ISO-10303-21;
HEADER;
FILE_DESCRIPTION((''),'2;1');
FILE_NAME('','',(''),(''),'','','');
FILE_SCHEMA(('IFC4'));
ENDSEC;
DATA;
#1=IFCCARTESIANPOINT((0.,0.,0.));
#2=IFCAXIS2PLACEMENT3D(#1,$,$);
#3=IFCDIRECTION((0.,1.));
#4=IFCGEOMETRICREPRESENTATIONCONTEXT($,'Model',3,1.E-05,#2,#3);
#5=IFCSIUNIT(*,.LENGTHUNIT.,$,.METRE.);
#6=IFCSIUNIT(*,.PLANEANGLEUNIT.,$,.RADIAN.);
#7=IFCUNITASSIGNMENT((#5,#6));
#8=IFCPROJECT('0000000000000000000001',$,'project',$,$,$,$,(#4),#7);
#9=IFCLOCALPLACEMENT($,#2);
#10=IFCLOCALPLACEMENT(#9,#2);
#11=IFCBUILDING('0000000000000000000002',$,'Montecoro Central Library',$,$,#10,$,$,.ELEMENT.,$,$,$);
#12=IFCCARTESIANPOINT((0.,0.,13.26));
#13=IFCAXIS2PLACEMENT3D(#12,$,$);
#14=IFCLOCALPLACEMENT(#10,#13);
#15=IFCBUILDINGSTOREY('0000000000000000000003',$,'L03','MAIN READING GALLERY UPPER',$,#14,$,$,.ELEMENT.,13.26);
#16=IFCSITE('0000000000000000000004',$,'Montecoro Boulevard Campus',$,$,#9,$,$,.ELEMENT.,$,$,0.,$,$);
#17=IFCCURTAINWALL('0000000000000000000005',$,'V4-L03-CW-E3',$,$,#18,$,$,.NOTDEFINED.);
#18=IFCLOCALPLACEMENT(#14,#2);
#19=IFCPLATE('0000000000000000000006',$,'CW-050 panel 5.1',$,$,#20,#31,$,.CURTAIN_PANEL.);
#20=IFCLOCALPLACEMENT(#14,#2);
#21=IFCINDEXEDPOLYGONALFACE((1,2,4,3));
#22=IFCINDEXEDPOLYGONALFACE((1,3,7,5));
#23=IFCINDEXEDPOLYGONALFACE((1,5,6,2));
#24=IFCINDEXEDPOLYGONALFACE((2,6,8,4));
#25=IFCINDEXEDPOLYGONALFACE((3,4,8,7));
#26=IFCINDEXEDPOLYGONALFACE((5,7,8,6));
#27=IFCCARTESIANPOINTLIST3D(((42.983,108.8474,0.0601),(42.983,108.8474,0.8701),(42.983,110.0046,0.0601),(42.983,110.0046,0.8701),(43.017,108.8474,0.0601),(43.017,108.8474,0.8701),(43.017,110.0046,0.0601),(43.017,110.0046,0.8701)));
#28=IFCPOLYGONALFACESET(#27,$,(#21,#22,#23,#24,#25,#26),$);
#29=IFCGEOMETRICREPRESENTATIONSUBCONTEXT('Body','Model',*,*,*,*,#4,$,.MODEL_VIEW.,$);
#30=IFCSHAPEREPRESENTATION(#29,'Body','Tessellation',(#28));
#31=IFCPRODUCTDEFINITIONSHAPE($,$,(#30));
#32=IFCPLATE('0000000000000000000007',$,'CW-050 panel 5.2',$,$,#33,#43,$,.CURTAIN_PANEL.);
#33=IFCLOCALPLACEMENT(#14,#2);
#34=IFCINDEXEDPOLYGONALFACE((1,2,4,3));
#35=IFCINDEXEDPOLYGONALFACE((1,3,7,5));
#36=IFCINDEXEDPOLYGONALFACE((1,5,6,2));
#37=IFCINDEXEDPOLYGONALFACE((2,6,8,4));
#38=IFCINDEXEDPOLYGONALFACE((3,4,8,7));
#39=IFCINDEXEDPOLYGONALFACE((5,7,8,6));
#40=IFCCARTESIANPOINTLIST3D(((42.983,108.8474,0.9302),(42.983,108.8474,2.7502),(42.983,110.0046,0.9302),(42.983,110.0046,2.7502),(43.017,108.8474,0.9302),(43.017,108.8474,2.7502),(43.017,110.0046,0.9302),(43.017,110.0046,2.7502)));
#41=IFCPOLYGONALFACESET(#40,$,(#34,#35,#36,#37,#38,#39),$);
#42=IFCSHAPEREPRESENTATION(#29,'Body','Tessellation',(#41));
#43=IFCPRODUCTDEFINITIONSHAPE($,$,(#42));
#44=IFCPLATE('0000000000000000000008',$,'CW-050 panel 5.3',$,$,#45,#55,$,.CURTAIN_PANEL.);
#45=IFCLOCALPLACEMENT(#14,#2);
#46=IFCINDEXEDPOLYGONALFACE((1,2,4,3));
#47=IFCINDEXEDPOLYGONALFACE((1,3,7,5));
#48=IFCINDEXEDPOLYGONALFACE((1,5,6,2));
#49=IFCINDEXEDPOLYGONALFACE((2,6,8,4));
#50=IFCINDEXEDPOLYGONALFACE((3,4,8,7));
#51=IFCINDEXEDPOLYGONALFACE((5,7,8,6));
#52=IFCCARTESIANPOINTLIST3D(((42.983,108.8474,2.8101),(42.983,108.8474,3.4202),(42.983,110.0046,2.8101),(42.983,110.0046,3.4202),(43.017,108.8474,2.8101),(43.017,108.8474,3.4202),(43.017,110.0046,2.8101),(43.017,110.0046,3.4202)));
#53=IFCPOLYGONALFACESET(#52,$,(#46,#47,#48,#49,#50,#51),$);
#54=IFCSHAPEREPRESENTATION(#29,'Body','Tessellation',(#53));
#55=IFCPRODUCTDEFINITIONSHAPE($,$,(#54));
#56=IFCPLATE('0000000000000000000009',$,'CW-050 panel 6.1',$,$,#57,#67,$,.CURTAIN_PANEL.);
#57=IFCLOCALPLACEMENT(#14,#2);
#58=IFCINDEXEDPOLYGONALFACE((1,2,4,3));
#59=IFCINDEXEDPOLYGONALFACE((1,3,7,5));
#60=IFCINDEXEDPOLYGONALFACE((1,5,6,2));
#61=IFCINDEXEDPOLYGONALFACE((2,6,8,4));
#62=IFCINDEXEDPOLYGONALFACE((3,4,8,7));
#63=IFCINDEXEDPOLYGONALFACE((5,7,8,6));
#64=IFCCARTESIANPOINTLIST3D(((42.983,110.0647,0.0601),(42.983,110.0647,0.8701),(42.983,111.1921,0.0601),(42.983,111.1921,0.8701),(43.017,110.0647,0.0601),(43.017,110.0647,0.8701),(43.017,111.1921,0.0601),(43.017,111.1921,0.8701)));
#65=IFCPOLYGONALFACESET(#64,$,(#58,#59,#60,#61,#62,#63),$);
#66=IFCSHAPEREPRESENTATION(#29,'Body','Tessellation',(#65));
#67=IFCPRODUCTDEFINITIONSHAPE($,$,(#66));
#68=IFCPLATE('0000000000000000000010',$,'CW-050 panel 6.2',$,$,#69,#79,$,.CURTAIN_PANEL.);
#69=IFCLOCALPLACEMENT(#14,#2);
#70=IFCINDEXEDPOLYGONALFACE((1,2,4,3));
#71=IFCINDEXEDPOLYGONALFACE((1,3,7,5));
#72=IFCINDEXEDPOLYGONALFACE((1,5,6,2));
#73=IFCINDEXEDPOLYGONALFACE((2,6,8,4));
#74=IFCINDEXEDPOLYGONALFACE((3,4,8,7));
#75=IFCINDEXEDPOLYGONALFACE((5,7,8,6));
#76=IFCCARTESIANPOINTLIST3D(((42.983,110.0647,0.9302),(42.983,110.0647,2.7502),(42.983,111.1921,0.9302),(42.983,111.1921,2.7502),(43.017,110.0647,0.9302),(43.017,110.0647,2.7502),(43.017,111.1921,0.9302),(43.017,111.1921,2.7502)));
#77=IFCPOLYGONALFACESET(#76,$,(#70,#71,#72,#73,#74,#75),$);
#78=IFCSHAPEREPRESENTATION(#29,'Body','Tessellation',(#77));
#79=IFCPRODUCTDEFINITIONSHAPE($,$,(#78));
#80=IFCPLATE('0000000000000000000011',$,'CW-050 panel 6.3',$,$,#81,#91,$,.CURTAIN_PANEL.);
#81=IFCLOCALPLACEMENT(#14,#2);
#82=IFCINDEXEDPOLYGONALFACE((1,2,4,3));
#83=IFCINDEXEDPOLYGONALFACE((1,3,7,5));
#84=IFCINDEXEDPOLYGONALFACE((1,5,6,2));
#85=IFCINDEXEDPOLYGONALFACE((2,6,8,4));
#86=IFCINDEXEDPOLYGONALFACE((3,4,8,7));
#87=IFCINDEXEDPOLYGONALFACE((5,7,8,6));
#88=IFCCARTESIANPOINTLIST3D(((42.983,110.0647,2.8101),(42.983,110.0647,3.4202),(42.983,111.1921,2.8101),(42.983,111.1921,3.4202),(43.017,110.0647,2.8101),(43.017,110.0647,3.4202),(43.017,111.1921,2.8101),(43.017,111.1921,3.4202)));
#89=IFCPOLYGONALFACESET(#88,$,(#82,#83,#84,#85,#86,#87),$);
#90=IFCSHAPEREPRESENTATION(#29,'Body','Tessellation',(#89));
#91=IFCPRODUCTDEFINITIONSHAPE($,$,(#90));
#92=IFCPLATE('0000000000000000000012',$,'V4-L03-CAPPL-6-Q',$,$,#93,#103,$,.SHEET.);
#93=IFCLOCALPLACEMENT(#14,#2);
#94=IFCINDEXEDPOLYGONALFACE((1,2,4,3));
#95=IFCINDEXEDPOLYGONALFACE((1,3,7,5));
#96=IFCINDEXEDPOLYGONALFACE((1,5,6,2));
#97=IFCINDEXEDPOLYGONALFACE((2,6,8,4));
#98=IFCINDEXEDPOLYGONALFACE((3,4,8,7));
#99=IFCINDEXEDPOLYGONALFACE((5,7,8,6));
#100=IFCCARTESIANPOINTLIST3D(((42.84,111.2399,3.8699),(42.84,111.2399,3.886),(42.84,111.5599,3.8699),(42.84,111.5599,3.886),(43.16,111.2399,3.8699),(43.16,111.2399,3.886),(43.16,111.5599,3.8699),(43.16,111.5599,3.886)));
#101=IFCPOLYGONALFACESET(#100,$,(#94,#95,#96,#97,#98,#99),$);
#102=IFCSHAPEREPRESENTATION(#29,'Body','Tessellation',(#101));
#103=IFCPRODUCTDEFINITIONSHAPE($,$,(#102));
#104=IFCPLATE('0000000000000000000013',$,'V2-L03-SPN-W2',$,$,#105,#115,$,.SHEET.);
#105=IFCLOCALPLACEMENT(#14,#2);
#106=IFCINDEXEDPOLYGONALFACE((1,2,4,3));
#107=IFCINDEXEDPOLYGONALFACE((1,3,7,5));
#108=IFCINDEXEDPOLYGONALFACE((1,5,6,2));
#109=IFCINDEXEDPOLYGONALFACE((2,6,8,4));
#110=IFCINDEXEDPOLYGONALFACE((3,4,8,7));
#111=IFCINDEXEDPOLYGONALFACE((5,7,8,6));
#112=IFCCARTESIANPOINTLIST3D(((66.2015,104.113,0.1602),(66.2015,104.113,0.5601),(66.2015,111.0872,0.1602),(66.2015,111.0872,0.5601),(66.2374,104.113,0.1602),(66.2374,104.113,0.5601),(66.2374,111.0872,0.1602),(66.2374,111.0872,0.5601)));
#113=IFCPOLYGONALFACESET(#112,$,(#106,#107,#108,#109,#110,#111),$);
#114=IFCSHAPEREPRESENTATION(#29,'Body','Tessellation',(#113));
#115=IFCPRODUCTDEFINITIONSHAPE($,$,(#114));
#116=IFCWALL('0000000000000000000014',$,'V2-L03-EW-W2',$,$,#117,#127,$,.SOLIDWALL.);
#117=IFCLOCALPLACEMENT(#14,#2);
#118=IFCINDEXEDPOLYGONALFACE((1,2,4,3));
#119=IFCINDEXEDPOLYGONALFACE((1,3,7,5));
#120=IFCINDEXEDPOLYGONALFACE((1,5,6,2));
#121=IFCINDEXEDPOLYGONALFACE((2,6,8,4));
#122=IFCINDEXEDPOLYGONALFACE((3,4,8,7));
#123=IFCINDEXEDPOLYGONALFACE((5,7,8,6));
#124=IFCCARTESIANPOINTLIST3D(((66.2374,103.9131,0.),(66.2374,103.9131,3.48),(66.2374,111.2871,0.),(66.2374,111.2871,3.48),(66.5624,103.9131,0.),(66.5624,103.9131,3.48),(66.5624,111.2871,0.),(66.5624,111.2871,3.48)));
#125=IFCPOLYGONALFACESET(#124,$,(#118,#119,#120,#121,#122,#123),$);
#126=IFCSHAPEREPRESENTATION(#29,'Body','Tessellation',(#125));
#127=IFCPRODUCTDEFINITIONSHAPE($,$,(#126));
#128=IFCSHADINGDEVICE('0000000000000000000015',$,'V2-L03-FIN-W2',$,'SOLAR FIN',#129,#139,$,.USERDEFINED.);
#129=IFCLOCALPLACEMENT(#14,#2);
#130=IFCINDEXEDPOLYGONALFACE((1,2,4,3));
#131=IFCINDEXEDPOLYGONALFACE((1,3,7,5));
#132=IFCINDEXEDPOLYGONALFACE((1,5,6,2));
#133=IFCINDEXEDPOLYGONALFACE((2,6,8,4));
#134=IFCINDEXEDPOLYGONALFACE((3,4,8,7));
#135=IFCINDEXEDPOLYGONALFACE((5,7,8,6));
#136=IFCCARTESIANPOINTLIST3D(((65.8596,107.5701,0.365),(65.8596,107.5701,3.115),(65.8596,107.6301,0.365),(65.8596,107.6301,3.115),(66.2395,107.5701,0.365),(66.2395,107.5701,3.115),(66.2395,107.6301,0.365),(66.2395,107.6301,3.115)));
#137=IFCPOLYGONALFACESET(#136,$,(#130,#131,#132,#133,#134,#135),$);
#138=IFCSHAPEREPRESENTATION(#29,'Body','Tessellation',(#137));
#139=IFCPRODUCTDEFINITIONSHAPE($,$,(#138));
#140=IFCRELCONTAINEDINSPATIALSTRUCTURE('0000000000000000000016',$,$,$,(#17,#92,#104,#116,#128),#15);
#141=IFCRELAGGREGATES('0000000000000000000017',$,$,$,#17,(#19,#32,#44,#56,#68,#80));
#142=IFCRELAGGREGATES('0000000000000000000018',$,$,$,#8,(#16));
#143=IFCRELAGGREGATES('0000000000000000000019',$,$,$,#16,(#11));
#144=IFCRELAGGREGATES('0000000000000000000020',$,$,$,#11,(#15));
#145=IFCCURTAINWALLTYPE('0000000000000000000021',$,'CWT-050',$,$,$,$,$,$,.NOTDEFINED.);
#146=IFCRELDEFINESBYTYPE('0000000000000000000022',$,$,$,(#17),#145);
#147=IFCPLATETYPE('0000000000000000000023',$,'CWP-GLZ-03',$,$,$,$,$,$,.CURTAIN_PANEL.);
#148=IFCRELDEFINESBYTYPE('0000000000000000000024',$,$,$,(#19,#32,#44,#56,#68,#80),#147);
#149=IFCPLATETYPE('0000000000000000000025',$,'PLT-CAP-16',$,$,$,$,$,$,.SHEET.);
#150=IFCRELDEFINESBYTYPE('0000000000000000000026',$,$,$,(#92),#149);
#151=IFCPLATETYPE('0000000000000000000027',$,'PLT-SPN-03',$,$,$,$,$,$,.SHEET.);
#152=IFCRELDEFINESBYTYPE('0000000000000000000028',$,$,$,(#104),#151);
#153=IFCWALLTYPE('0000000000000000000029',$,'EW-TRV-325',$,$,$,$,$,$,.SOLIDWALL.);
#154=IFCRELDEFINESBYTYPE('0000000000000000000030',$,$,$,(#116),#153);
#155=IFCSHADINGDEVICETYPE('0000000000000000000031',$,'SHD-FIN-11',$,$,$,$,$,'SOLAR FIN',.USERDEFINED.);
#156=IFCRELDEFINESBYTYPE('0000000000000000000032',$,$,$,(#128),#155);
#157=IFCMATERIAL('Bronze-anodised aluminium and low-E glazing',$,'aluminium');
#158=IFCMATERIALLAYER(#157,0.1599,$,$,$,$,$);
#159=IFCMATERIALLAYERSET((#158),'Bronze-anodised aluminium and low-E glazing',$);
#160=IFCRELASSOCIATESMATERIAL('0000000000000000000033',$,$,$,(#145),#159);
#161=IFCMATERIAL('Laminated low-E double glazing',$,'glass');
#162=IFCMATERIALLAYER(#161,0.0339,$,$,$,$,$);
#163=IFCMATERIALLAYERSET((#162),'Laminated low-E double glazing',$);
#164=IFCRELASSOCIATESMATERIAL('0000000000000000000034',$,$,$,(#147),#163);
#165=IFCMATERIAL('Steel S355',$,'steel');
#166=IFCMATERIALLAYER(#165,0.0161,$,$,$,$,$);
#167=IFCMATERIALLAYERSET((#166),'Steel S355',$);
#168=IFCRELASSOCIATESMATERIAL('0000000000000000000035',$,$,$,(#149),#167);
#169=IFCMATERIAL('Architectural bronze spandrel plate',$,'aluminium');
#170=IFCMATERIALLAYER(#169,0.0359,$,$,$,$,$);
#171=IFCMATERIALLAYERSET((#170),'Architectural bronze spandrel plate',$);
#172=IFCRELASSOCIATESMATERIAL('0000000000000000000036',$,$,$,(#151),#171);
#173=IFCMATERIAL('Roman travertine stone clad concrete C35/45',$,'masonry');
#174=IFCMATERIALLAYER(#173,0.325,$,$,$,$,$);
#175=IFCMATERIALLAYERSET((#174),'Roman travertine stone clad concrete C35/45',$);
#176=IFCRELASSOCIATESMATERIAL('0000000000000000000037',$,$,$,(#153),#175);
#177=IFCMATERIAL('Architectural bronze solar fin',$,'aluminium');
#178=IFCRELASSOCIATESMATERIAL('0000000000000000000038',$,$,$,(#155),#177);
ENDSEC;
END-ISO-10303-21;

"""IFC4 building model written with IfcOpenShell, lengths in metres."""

from ifc_helpers import new_model, si_unit, direction, frame, frame_2d, origin, origin_2d, place, context, subcontext, project, spatial, rectangle, extrude, material, layer, layer_set, type_object, element, aggregate, save


model = new_model("IFC4")

# Units and contexts
model_context = context("Model", 3, precision=1e-05, world=origin(), true_north=direction((0.0, 1.0)))
body_context = subcontext(model_context, "Body", "Model", "MODEL_VIEW")
ifc_project = project(units=[si_unit("LENGTHUNIT", "METRE"), si_unit("PLANEANGLEUNIT", "RADIAN")], contexts=[model_context])

# Site, building, storey
site_placement = place(None, origin())
site = spatial("IfcSite", under=ifc_project, at=site_placement, Name="Montecoro Boulevard Campus", CompositionType="ELEMENT", RefElevation=0.0)
building_placement = place(site_placement, origin())
building = spatial("IfcBuilding", under=site, at=building_placement, Name="Montecoro Central Library", CompositionType="ELEMENT")
storey_placement = place(building_placement, frame((0.0, 0.0, 13.26)))
storey = spatial("IfcBuildingStorey", under=building, at=storey_placement, Name="L03", Description="MAIN READING GALLERY UPPER", CompositionType="ELEMENT", Elevation=13.26)

# Shared definitions
ifc_material_1 = material(Name="Steel S355", Category="steel")

# Curtain wall, plates
ifc_material_2 = material(Name="Bronze-anodised aluminium and low-E glazing", Category="aluminium")
ifc_layer_1 = layer(ifc_material_2, 0.1599)
ifc_layer_set_1 = layer_set([ifc_layer_1], Name="Bronze-anodised aluminium and low-E glazing")
curtain_wall_type = type_object("IfcCurtainWallType", Name="CWT-050", PredefinedType="NOTDEFINED", material=ifc_layer_set_1)
curtain_wall_placement = place(storey_placement, origin())
curtain_wall = element("IfcCurtainWall", 1, at=curtain_wall_placement, inside=storey, type_object=curtain_wall_type, Name="V4-L03-CW-E3", PredefinedType="NOTDEFINED")
ifc_material_3 = material(Name="Laminated low-E double glazing", Category="glass")
ifc_layer_2 = layer(ifc_material_3, 0.0339)
ifc_layer_set_2 = layer_set([ifc_layer_2], Name="Laminated low-E double glazing")
plate_type_1 = type_object("IfcPlateType", Name="CWP-GLZ-03", PredefinedType="CURTAIN_PANEL", material=ifc_layer_set_2)
plate_1_placement = place(storey_placement, frame((43.0, 109.426, 0.0601), z_axis=(0.0, 0.0, 1.0), x_axis=(0.0, 1.0, 0.0)))
plate_1 = element("IfcPlate", 2, at=plate_1_placement, type_object=plate_type_1, Name="CW-050 panel 5.1", PredefinedType="CURTAIN_PANEL", context=body_context, shape_type="SweptSolid", body=[
    extrude(rectangle(XDim=1.1572, YDim=0.0339, at=origin_2d()), origin(), (0.0, 0.0, 1.0), 0.8101),
])
plate_2_placement = place(storey_placement, frame((43.0, 109.426, 0.9302), z_axis=(0.0, 0.0, 1.0), x_axis=(0.0, 1.0, 0.0)))
plate_2 = element("IfcPlate", 3, at=plate_2_placement, type_object=plate_type_1, Name="CW-050 panel 5.2", PredefinedType="CURTAIN_PANEL", context=body_context, shape_type="SweptSolid", body=[
    extrude(rectangle(XDim=1.1572, YDim=0.0339, at=origin_2d()), origin(), (0.0, 0.0, 1.0), 1.8201),
])
plate_3_placement = place(storey_placement, frame((43.0, 109.426, 2.8101), z_axis=(0.0, 0.0, 1.0), x_axis=(0.0, 1.0, 0.0)))
plate_3 = element("IfcPlate", 4, at=plate_3_placement, type_object=plate_type_1, Name="CW-050 panel 5.3", PredefinedType="CURTAIN_PANEL", context=body_context, shape_type="SweptSolid", body=[
    extrude(rectangle(XDim=1.1572, YDim=0.0339, at=origin_2d()), origin(), (0.0, 0.0, 1.0), 0.6101),
])
plate_4_placement = place(storey_placement, frame((43.0, 110.6284, 0.0601), z_axis=(0.0, 0.0, 1.0), x_axis=(0.0, 1.0, 0.0)))
plate_4 = element("IfcPlate", 5, at=plate_4_placement, type_object=plate_type_1, Name="CW-050 panel 6.1", PredefinedType="CURTAIN_PANEL", context=body_context, shape_type="SweptSolid", body=[
    extrude(rectangle(XDim=1.1274, YDim=0.0339, at=origin_2d()), origin(), (0.0, 0.0, 1.0), 0.8101),
])
plate_5_placement = place(storey_placement, frame((43.0, 110.6284, 0.9302), z_axis=(0.0, 0.0, 1.0), x_axis=(0.0, 1.0, 0.0)))
plate_5 = element("IfcPlate", 6, at=plate_5_placement, type_object=plate_type_1, Name="CW-050 panel 6.2", PredefinedType="CURTAIN_PANEL", context=body_context, shape_type="SweptSolid", body=[
    extrude(rectangle(XDim=1.1274, YDim=0.0339, at=origin_2d()), origin(), (0.0, 0.0, 1.0), 1.8201),
])
plate_6_placement = place(storey_placement, frame((43.0, 110.6284, 2.8101), z_axis=(0.0, 0.0, 1.0), x_axis=(0.0, 1.0, 0.0)))
plate_6 = element("IfcPlate", 7, at=plate_6_placement, type_object=plate_type_1, Name="CW-050 panel 6.3", PredefinedType="CURTAIN_PANEL", context=body_context, shape_type="SweptSolid", body=[
    extrude(rectangle(XDim=1.1274, YDim=0.0339, at=origin_2d()), origin(), (0.0, 0.0, 1.0), 0.6101),
])
aggregate(curtain_wall, [plate_1, plate_2, plate_3, plate_4, plate_5, plate_6])

# Plates
ifc_layer_3 = layer(ifc_material_1, 0.0161)
ifc_layer_set_3 = layer_set([ifc_layer_3], Name="Steel S355")
plate_type_2 = type_object("IfcPlateType", Name="PLT-CAP-16", PredefinedType="SHEET", material=ifc_layer_set_3)
plate_7_placement = place(storey_placement, frame((43.0, 111.3999, 3.8699), z_axis=(0.0, 0.0, 1.0), x_axis=(1.0, 0.0, 0.0)))
element("IfcPlate", 8, at=plate_7_placement, inside=storey, type_object=plate_type_2, Name="V4-L03-CAPPL-6-Q", PredefinedType="SHEET", context=body_context, shape_type="SweptSolid", body=[
    extrude(rectangle(XDim=0.3201, YDim=0.3201, at=origin_2d()), origin(), (0.0, 0.0, 1.0), 0.0161),
])
ifc_material_4 = material(Name="Architectural bronze spandrel plate", Category="aluminium")
ifc_layer_4 = layer(ifc_material_4, 0.0359)
ifc_layer_set_4 = layer_set([ifc_layer_4], Name="Architectural bronze spandrel plate")
plate_type_3 = type_object("IfcPlateType", Name="PLT-SPN-03", PredefinedType="SHEET", material=ifc_layer_set_4)
plate_8_placement = place(storey_placement, frame((66.2195, 107.6001, 0.1602), z_axis=(0.0, 0.0, 1.0), x_axis=(0.0, -1.0, 0.0)))
element("IfcPlate", 9, at=plate_8_placement, inside=storey, type_object=plate_type_3, Name="V2-L03-SPN-W2", PredefinedType="SHEET", context=body_context, shape_type="SweptSolid", body=[
    extrude(rectangle(XDim=6.9741, YDim=0.0359, at=origin_2d()), origin(), (0.0, 0.0, 1.0), 0.3999),
])

# Wall
ifc_material_5 = material(Name="Roman travertine stone clad concrete C35/45", Category="masonry")
ifc_layer_5 = layer(ifc_material_5, 0.325)
ifc_layer_set_5 = layer_set([ifc_layer_5], Name="Roman travertine stone clad concrete C35/45")
wall_type = type_object("IfcWallType", Name="EW-TRV-325", PredefinedType="SOLIDWALL", material=ifc_layer_set_5)
wall_placement = place(storey_placement, frame((66.3999, 111.2871, 0.0), z_axis=(0.0, 0.0, 1.0), x_axis=(0.0, -1.0, 0.0)))
element("IfcWall", 10, at=wall_placement, inside=storey, type_object=wall_type, Name="V2-L03-EW-W2", PredefinedType="SOLIDWALL", context=body_context, shape_type="SweptSolid", body=[
    extrude(rectangle(XDim=7.374, YDim=0.325, at=frame_2d((3.687, 0.0))), origin(), (0.0, 0.0, 1.0), 3.48),
])

# Shading device
ifc_material_6 = material(Name="Architectural bronze solar fin", Category="aluminium")
shading_device_type = type_object("IfcShadingDeviceType", Name="SHD-FIN-11", ElementType="SOLAR FIN", PredefinedType="USERDEFINED", material=ifc_material_6)
shading_device_placement = place(storey_placement, frame((66.0496, 107.6001, 0.365), z_axis=(0.0, 0.0, 1.0), x_axis=(0.0, -1.0, 0.0)))
element("IfcShadingDevice", 11, at=shading_device_placement, inside=storey, type_object=shading_device_type, Name="V2-L03-FIN-W2", ObjectType="SOLAR FIN", PredefinedType="USERDEFINED", context=body_context, shape_type="SweptSolid", body=[
    extrude(rectangle(XDim=0.0601, YDim=0.3799, at=origin_2d()), origin(), (0.0, 0.0, 1.0), 2.75),
])

save(model, "model.ifc")
